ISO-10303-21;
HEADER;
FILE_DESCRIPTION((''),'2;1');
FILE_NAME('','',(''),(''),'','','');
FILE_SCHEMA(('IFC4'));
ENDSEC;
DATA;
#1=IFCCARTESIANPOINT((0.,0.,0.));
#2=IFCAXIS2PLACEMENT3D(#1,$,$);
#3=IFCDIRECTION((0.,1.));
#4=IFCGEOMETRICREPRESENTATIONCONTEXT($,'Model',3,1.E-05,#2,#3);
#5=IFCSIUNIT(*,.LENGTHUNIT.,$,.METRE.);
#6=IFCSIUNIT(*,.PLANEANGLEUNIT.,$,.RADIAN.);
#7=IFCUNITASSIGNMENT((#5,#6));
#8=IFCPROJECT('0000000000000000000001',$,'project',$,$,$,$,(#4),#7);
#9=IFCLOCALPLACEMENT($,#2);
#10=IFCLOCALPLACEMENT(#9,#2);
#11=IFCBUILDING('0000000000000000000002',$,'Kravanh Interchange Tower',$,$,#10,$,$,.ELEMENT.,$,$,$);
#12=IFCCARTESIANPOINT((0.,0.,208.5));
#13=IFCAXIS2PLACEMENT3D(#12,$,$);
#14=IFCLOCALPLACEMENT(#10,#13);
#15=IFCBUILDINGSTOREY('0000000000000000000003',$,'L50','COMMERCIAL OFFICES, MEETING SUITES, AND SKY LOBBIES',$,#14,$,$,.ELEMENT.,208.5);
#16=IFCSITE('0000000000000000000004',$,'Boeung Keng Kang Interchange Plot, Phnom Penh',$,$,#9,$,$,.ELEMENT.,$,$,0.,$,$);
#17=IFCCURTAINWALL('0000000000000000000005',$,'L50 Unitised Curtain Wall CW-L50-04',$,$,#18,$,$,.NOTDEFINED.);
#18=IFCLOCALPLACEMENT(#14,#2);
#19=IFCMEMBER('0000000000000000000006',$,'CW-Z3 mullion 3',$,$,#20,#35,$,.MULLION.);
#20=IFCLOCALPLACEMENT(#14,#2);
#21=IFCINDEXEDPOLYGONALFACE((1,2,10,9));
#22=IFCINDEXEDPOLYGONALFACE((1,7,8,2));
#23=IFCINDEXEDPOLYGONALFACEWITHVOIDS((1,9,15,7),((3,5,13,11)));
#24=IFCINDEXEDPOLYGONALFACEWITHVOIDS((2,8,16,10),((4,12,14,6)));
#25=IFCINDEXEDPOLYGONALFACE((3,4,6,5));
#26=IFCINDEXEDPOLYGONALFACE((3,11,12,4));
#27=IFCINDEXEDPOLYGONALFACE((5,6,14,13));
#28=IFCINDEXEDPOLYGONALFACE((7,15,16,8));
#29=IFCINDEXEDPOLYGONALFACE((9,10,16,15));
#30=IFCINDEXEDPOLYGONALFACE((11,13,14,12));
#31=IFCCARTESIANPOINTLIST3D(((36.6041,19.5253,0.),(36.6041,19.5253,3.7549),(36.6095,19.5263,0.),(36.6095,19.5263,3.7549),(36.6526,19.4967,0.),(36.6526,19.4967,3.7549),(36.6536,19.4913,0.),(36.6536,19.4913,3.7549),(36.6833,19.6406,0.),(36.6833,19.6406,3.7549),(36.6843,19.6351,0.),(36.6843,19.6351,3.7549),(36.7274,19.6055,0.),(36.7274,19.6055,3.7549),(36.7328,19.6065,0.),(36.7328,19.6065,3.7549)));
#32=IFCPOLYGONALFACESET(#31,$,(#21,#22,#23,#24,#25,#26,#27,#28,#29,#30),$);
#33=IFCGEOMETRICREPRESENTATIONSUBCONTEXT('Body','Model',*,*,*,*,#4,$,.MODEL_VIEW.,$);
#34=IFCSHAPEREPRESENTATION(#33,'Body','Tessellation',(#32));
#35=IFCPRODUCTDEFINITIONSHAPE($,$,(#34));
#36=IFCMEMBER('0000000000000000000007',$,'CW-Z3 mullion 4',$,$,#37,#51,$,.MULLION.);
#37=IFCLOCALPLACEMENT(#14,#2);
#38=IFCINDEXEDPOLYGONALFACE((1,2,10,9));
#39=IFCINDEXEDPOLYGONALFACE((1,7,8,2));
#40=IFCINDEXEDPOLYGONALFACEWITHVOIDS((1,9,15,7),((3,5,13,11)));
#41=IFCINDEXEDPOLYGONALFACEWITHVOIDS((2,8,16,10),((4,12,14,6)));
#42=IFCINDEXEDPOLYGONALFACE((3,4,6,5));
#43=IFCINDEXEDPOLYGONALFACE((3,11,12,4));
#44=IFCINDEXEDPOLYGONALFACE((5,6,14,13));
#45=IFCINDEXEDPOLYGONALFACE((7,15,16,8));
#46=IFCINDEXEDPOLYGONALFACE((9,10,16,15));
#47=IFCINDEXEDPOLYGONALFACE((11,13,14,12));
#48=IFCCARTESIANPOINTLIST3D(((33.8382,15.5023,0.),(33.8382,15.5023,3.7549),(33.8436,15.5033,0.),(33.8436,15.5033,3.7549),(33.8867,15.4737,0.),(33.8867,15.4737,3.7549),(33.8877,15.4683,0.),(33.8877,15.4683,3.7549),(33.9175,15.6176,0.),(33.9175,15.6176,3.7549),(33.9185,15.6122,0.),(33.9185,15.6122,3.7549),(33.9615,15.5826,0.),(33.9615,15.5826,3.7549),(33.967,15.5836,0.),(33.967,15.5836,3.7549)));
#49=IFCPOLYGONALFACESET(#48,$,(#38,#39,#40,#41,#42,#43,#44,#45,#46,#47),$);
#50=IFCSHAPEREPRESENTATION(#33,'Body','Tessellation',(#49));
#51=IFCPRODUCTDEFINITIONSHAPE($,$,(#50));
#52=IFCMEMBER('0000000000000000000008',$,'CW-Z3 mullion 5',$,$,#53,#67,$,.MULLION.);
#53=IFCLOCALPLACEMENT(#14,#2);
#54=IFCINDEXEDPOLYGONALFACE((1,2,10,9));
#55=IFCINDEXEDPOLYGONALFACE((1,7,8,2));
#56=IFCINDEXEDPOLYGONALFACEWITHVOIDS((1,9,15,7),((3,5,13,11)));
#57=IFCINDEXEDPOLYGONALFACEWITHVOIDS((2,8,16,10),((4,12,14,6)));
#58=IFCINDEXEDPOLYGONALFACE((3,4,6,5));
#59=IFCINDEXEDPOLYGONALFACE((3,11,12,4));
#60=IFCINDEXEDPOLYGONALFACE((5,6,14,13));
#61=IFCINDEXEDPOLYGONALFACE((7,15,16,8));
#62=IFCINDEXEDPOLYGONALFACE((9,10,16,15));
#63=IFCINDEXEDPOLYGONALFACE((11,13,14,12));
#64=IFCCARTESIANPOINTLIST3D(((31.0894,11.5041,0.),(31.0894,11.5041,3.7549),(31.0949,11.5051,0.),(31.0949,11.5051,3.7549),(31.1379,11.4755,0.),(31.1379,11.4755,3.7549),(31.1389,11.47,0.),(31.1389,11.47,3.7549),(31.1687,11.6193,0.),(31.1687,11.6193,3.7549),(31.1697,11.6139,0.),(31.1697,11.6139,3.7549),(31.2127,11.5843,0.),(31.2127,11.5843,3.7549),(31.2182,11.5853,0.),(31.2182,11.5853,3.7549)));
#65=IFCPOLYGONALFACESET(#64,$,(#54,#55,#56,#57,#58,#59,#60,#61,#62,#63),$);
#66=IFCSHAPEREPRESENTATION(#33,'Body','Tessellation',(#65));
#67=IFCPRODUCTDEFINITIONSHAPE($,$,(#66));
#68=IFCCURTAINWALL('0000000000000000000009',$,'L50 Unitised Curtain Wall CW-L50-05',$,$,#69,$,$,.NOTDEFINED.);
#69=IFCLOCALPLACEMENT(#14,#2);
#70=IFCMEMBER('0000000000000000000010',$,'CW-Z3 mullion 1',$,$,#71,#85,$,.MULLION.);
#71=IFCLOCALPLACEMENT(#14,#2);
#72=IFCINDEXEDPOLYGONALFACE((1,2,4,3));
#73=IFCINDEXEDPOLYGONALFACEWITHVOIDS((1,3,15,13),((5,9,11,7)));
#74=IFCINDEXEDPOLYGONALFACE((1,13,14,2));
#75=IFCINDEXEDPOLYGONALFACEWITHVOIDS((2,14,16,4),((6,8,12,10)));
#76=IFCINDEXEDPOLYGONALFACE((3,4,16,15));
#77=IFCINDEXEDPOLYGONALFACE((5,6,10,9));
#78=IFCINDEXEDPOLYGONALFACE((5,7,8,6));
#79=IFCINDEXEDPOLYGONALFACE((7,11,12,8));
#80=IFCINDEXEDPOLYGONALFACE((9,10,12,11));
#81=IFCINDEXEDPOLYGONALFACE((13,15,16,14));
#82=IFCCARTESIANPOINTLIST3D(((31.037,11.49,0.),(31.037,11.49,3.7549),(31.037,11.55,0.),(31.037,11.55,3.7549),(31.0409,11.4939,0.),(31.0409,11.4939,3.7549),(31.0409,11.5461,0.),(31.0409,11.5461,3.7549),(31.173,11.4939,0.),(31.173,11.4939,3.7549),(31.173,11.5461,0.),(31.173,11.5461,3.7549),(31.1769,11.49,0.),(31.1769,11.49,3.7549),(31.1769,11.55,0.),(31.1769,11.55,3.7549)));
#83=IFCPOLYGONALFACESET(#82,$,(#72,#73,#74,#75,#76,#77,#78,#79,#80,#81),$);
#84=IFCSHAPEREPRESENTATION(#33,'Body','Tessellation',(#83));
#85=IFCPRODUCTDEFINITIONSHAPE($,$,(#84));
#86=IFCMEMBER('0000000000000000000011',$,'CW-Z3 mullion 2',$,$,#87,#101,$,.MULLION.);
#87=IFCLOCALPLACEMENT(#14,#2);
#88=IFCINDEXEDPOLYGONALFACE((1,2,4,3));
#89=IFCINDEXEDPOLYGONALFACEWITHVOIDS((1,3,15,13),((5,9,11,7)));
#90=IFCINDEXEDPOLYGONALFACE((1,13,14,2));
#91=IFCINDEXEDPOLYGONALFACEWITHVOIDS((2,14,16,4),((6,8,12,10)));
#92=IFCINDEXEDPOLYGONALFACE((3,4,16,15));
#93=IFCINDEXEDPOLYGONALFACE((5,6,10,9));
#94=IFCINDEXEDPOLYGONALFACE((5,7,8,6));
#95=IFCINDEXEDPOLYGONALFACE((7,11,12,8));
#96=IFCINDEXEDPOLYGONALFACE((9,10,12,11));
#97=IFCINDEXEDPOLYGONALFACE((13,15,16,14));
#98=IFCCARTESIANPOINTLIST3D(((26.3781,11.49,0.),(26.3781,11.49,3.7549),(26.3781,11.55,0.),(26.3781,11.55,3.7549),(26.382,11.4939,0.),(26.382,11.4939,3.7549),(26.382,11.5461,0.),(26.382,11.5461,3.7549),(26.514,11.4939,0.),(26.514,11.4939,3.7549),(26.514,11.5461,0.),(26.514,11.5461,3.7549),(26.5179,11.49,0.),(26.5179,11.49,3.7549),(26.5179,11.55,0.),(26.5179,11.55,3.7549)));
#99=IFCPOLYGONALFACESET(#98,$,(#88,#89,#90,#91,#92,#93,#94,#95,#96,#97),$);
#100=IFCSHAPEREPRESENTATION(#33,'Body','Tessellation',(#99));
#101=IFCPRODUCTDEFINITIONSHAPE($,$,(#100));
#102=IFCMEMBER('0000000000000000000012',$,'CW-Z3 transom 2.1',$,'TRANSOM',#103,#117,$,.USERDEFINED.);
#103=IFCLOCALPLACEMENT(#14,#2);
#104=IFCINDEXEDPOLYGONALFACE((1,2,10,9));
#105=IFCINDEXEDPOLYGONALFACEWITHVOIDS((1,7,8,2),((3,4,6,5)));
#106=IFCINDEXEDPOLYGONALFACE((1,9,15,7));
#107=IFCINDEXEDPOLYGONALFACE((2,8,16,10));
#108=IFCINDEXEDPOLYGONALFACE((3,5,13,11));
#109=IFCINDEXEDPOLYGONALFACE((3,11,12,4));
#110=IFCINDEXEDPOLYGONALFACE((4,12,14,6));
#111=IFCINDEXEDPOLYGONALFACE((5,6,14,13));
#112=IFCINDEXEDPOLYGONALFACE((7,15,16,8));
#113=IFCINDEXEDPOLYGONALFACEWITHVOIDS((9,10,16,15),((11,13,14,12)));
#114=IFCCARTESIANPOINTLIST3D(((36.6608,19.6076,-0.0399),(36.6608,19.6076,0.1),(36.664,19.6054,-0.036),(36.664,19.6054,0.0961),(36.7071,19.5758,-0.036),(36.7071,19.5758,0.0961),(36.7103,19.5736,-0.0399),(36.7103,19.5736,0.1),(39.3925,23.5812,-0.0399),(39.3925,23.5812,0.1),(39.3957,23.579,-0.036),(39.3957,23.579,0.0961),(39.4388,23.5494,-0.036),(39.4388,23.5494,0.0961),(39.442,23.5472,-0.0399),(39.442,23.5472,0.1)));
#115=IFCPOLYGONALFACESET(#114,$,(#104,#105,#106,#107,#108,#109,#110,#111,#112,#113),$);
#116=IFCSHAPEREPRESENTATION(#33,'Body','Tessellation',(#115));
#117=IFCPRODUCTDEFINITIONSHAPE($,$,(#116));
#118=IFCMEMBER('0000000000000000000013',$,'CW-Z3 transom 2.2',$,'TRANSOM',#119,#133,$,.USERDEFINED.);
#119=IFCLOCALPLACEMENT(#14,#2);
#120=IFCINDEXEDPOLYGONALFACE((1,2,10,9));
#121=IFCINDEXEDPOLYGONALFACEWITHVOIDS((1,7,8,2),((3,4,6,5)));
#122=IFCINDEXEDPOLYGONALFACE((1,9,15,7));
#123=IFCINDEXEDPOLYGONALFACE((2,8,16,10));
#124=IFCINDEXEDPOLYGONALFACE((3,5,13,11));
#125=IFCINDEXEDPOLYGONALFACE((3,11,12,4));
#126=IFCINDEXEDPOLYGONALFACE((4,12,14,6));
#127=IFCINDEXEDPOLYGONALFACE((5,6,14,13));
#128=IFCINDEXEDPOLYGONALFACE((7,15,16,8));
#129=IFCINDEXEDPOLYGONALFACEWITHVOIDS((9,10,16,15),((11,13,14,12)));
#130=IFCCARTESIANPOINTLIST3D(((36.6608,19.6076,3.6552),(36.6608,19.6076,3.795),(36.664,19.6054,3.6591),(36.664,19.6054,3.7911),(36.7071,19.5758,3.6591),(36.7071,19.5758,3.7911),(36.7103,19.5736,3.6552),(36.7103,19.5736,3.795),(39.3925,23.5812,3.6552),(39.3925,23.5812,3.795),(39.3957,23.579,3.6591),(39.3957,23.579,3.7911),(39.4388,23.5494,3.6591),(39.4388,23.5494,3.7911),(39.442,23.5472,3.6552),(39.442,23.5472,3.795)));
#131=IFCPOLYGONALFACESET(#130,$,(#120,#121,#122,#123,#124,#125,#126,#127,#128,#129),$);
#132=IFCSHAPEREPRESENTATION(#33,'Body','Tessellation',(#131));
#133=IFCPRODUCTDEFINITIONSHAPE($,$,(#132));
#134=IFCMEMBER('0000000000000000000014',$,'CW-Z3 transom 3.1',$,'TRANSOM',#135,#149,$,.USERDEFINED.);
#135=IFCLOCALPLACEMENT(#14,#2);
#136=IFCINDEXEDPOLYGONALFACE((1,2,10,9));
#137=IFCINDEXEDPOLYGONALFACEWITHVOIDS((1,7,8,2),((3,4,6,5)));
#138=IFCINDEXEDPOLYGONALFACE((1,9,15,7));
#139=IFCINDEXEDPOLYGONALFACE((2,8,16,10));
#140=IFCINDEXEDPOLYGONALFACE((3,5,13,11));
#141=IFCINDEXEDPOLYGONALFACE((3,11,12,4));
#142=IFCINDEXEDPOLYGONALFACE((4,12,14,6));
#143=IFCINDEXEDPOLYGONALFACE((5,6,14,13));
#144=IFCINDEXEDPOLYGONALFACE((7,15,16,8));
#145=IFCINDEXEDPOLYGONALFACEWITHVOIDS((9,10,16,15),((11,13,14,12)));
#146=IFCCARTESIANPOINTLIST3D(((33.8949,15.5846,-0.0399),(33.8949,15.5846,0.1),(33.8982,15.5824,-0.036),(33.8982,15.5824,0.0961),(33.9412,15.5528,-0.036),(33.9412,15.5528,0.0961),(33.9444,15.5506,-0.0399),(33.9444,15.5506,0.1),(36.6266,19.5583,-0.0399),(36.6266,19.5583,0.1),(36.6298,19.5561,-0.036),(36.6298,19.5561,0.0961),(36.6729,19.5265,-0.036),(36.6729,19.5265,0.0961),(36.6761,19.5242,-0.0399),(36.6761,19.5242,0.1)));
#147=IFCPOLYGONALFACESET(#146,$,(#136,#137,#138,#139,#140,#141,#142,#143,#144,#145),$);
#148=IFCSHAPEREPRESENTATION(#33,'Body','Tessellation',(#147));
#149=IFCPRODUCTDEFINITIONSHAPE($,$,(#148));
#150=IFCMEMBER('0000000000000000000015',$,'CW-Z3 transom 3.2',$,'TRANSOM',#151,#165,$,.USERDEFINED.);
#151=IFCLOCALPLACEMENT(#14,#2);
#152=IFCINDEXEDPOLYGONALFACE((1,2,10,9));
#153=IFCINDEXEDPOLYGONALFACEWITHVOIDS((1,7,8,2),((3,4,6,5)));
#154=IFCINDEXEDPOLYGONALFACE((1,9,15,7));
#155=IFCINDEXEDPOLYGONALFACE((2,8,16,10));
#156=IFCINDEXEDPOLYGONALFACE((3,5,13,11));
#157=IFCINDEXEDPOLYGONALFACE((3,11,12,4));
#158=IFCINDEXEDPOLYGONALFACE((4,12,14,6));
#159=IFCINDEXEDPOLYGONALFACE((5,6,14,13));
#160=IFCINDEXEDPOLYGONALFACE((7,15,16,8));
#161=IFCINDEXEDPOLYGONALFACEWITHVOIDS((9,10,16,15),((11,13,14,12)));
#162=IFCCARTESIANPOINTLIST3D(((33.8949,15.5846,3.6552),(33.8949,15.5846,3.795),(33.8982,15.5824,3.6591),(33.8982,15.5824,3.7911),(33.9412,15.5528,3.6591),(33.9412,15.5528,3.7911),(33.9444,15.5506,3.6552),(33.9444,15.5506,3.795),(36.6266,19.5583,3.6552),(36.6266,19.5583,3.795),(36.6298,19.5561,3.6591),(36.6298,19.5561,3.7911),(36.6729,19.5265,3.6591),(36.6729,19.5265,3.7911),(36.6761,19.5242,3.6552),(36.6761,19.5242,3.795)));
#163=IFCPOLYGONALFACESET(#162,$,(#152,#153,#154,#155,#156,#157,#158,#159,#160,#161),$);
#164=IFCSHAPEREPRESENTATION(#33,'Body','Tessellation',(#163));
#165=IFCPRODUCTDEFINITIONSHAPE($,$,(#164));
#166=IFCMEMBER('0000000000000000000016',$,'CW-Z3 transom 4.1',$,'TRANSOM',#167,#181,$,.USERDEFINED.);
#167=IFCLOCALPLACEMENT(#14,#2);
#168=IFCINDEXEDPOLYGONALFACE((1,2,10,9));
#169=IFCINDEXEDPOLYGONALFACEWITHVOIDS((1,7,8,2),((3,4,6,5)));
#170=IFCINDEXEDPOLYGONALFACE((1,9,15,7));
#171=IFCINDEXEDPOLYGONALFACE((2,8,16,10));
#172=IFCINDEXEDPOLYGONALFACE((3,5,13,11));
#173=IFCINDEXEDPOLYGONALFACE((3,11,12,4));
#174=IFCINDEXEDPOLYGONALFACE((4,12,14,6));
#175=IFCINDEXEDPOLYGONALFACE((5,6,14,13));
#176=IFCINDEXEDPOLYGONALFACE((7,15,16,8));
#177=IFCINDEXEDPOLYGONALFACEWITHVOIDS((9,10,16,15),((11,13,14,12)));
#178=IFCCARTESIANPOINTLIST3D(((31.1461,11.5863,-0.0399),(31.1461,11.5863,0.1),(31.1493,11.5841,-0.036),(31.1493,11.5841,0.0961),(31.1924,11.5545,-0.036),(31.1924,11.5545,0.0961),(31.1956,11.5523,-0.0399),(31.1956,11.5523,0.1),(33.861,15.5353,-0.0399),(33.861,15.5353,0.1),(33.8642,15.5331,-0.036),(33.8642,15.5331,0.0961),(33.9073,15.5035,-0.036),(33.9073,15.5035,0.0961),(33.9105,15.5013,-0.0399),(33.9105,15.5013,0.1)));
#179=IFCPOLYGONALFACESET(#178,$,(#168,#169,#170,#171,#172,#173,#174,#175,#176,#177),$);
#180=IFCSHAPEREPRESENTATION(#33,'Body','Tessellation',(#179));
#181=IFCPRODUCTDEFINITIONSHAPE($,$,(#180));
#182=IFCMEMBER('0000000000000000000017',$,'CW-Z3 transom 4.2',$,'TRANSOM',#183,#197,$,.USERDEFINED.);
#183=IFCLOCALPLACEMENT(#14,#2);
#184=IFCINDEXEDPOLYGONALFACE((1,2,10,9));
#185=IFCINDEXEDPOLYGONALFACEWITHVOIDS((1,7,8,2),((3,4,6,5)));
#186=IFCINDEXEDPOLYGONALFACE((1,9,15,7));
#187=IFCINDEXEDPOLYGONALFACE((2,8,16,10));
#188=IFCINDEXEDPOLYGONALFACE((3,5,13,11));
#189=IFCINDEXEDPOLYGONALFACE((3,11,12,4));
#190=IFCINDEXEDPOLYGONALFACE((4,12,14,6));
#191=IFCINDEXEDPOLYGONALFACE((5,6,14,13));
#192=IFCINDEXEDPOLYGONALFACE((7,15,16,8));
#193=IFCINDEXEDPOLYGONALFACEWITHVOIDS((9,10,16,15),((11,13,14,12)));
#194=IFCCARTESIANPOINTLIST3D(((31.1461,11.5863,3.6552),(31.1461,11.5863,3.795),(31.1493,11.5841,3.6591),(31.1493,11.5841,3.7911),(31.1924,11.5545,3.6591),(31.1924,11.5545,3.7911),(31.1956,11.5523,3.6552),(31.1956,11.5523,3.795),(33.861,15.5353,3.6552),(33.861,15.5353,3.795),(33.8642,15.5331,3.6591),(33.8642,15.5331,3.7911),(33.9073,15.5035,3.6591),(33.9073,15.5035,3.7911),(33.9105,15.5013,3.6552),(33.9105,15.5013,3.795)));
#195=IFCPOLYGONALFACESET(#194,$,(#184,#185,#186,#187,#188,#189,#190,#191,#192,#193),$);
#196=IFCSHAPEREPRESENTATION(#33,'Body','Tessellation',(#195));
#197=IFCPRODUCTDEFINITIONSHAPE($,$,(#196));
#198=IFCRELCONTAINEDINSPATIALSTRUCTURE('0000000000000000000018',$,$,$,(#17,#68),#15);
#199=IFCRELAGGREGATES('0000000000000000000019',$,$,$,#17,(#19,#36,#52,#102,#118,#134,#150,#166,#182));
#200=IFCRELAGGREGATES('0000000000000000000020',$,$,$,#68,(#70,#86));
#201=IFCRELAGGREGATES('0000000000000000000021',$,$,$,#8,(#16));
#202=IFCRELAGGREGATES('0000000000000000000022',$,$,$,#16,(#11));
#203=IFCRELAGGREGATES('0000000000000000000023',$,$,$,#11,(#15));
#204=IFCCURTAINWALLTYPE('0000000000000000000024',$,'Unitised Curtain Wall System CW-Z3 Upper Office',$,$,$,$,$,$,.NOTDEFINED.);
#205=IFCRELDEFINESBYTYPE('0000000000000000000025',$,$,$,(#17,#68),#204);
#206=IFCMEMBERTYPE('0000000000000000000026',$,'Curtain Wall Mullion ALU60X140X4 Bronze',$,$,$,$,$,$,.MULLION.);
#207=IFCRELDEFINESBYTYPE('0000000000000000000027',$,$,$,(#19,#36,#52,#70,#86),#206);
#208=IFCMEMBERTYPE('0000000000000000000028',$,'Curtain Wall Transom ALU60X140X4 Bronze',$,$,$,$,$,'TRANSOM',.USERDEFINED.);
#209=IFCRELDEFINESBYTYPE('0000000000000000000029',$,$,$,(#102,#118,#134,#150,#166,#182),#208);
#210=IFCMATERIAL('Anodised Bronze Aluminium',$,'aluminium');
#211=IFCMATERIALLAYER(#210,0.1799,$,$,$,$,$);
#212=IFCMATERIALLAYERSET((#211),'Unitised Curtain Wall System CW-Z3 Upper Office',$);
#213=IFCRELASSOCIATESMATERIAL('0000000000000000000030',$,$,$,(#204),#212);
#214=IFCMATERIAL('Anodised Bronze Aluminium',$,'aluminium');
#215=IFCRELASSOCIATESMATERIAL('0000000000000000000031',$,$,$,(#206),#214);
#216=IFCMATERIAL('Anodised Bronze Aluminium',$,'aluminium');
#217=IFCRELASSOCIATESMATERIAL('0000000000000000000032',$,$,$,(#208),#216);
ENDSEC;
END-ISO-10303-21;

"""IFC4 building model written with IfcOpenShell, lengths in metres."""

from ifc_helpers import new_model, si_unit, direction, frame, origin, origin_2d, place, context, subcontext, project, spatial, hollow_rectangle, extrude, material, layer, layer_set, material_profile, profile_set, type_object, element, aggregate, save


model = new_model("IFC4")

# Units and contexts
model_context = context("Model", 3, precision=1e-05, world=origin(), true_north=direction((0.0, 1.0)))
body_context = subcontext(model_context, "Body", "Model", "MODEL_VIEW")
ifc_project = project(units=[si_unit("LENGTHUNIT", "METRE"), si_unit("PLANEANGLEUNIT", "RADIAN")], contexts=[model_context])

# Site, building, storey
site_placement = place(None, origin())
site = spatial("IfcSite", under=ifc_project, at=site_placement, Name="Boeung Keng Kang Interchange Plot, Phnom Penh", CompositionType="ELEMENT", RefElevation=0.0)
building_placement = place(site_placement, origin())
building = spatial("IfcBuilding", under=site, at=building_placement, Name="Kravanh Interchange Tower", CompositionType="ELEMENT")
storey_placement = place(building_placement, frame((0.0, 0.0, 208.5)))
storey = spatial("IfcBuildingStorey", under=building, at=storey_placement, Name="L50", Description="COMMERCIAL OFFICES, MEETING SUITES, AND SKY LOBBIES", CompositionType="ELEMENT", Elevation=208.5)

# Curtain walls, members
ifc_material_1 = material(Name="Anodised Bronze Aluminium", Category="aluminium")
ifc_layer_1 = layer(ifc_material_1, 0.1799)
ifc_layer_set_1 = layer_set([ifc_layer_1], Name="Unitised Curtain Wall System CW-Z3 Upper Office")
curtain_wall_type = type_object("IfcCurtainWallType", Name="Unitised Curtain Wall System CW-Z3 Upper Office", PredefinedType="NOTDEFINED", material=ifc_layer_set_1)
curtain_wall_1_placement = place(storey_placement, origin())
curtain_wall_1 = element("IfcCurtainWall", 1, at=curtain_wall_1_placement, inside=storey, type_object=curtain_wall_type, Name="L50 Unitised Curtain Wall CW-L50-04", PredefinedType="NOTDEFINED")
ifc_material_2 = material(Name="Anodised Bronze Aluminium", Category="aluminium")
ifc_material_profile_1 = material_profile(ifc_material_2, hollow_rectangle(XDim=0.0601, YDim=0.1399, WallThickness=0.0039, at=origin_2d()), Name="ALU60X140X4")
ifc_profile_set_1 = profile_set([ifc_material_profile_1], Name="Anodised Bronze Aluminium")
member_type_1 = type_object("IfcMemberType", Name="Curtain Wall Mullion ALU60X140X4 Bronze", PredefinedType="MULLION", material=ifc_profile_set_1)
member_1_placement = place(storey_placement, frame((36.6685, 19.5659, 0.0), z_axis=(0.0, 0.0, 1.0), x_axis=(0.824042, -0.566528, 0.0)))
member_1 = element("IfcMember", 2, at=member_1_placement, type_object=member_type_1, Name="CW-Z3 mullion 3", PredefinedType="MULLION", context=body_context, shape_type="SweptSolid", body=[
    extrude(hollow_rectangle(XDim=0.0601, YDim=0.1399, WallThickness=0.0039, at=origin_2d()), origin(), (0.0, 0.0, 1.0), 3.7549),
])
member_2_placement = place(storey_placement, frame((33.9026, 15.543, 0.0), z_axis=(0.0, 0.0, 1.0), x_axis=(0.824042, -0.566528, 0.0)))
member_2 = element("IfcMember", 3, at=member_2_placement, type_object=member_type_1, Name="CW-Z3 mullion 4", PredefinedType="MULLION", context=body_context, shape_type="SweptSolid", body=[
    extrude(hollow_rectangle(XDim=0.0601, YDim=0.1399, WallThickness=0.0039, at=origin_2d()), origin(), (0.0, 0.0, 1.0), 3.7549),
])
member_3_placement = place(storey_placement, frame((31.1538, 11.5447, 0.0), z_axis=(0.0, 0.0, 1.0), x_axis=(0.824042, -0.566528, 0.0)))
member_3 = element("IfcMember", 4, at=member_3_placement, type_object=member_type_1, Name="CW-Z3 mullion 5", PredefinedType="MULLION", context=body_context, shape_type="SweptSolid", body=[
    extrude(hollow_rectangle(XDim=0.0601, YDim=0.1399, WallThickness=0.0039, at=origin_2d()), origin(), (0.0, 0.0, 1.0), 3.7549),
])
curtain_wall_2_placement = place(storey_placement, origin())
curtain_wall_2 = element("IfcCurtainWall", 5, at=curtain_wall_2_placement, inside=storey, type_object=curtain_wall_type, Name="L50 Unitised Curtain Wall CW-L50-05", PredefinedType="NOTDEFINED")
member_4_placement = place(storey_placement, frame((31.1069, 11.52, 0.0), z_axis=(0.0, 0.0, 1.0), x_axis=(0.0, -1.0, 0.0)))
member_4 = element("IfcMember", 6, at=member_4_placement, type_object=member_type_1, Name="CW-Z3 mullion 1", PredefinedType="MULLION", context=body_context, shape_type="SweptSolid", body=[
    extrude(hollow_rectangle(XDim=0.0601, YDim=0.1399, WallThickness=0.0039, at=origin_2d()), origin(), (0.0, 0.0, 1.0), 3.7549),
])
member_5_placement = place(storey_placement, frame((26.448, 11.52, 0.0), z_axis=(0.0, 0.0, 1.0), x_axis=(0.0, -1.0, 0.0)))
member_5 = element("IfcMember", 7, at=member_5_placement, type_object=member_type_1, Name="CW-Z3 mullion 2", PredefinedType="MULLION", context=body_context, shape_type="SweptSolid", body=[
    extrude(hollow_rectangle(XDim=0.0601, YDim=0.1399, WallThickness=0.0039, at=origin_2d()), origin(), (0.0, 0.0, 1.0), 3.7549),
])

# Members
ifc_material_3 = material(Name="Anodised Bronze Aluminium", Category="aluminium")
ifc_material_profile_2 = material_profile(ifc_material_3, hollow_rectangle(XDim=0.0601, YDim=0.1399, WallThickness=0.0039, at=origin_2d()), Name="ALU60X140X4")
ifc_profile_set_2 = profile_set([ifc_material_profile_2], Name="Anodised Bronze Aluminium")
member_type_2 = type_object("IfcMemberType", Name="Curtain Wall Transom ALU60X140X4 Bronze", ElementType="TRANSOM", PredefinedType="USERDEFINED", material=ifc_profile_set_2)
member_6_placement = place(storey_placement, frame((39.4172, 23.5642, 0.03), z_axis=(-0.566503, -0.82406, 0.0), x_axis=(0.82406, -0.566503, 0.0)))
member_6 = element("IfcMember", 8, at=member_6_placement, type_object=member_type_2, Name="CW-Z3 transom 2.1", ObjectType="TRANSOM", PredefinedType="USERDEFINED", context=body_context, shape_type="SweptSolid", body=[
    extrude(hollow_rectangle(XDim=0.0601, YDim=0.1399, WallThickness=0.0039, at=origin_2d()), origin(), (0.0, 0.0, 1.0), 4.822),
])
member_7_placement = place(storey_placement, frame((39.4172, 23.5642, 3.7251), z_axis=(-0.566503, -0.82406, 0.0), x_axis=(0.82406, -0.566503, 0.0)))
member_7 = element("IfcMember", 9, at=member_7_placement, type_object=member_type_2, Name="CW-Z3 transom 2.2", ObjectType="TRANSOM", PredefinedType="USERDEFINED", context=body_context, shape_type="SweptSolid", body=[
    extrude(hollow_rectangle(XDim=0.0601, YDim=0.1399, WallThickness=0.0039, at=origin_2d()), origin(), (0.0, 0.0, 1.0), 4.822),
])
member_8_placement = place(storey_placement, frame((36.6514, 19.5413, 0.03), z_axis=(-0.566503, -0.82406, 0.0), x_axis=(0.82406, -0.566503, 0.0)))
member_8 = element("IfcMember", 10, at=member_8_placement, type_object=member_type_2, Name="CW-Z3 transom 3.1", ObjectType="TRANSOM", PredefinedType="USERDEFINED", context=body_context, shape_type="SweptSolid", body=[
    extrude(hollow_rectangle(XDim=0.0601, YDim=0.1399, WallThickness=0.0039, at=origin_2d()), origin(), (0.0, 0.0, 1.0), 4.822),
])
member_9_placement = place(storey_placement, frame((36.6514, 19.5413, 3.7251), z_axis=(-0.566503, -0.82406, 0.0), x_axis=(0.82406, -0.566503, 0.0)))
member_9 = element("IfcMember", 11, at=member_9_placement, type_object=member_type_2, Name="CW-Z3 transom 3.2", ObjectType="TRANSOM", PredefinedType="USERDEFINED", context=body_context, shape_type="SweptSolid", body=[
    extrude(hollow_rectangle(XDim=0.0601, YDim=0.1399, WallThickness=0.0039, at=origin_2d()), origin(), (0.0, 0.0, 1.0), 4.822),
])
member_10_placement = place(storey_placement, frame((33.8857, 15.5183, 0.03), z_axis=(-0.566518, -0.824049, 0.0), x_axis=(0.824049, -0.566518, 0.0)))
member_10 = element("IfcMember", 12, at=member_10_placement, type_object=member_type_2, Name="CW-Z3 transom 4.1", ObjectType="TRANSOM", PredefinedType="USERDEFINED", context=body_context, shape_type="SweptSolid", body=[
    extrude(hollow_rectangle(XDim=0.0601, YDim=0.1399, WallThickness=0.0039, at=origin_2d()), origin(), (0.0, 0.0, 1.0), 4.7922),
])
member_11_placement = place(storey_placement, frame((33.8857, 15.5183, 3.7251), z_axis=(-0.566518, -0.824049, 0.0), x_axis=(0.824049, -0.566518, 0.0)))
member_11 = element("IfcMember", 13, at=member_11_placement, type_object=member_type_2, Name="CW-Z3 transom 4.2", ObjectType="TRANSOM", PredefinedType="USERDEFINED", context=body_context, shape_type="SweptSolid", body=[
    extrude(hollow_rectangle(XDim=0.0601, YDim=0.1399, WallThickness=0.0039, at=origin_2d()), origin(), (0.0, 0.0, 1.0), 4.7922),
])

aggregate(curtain_wall_1, [member_1, member_2, member_3, member_6, member_7, member_8, member_9, member_10, member_11])
aggregate(curtain_wall_2, [member_4, member_5])

save(model, "model.ifc")
